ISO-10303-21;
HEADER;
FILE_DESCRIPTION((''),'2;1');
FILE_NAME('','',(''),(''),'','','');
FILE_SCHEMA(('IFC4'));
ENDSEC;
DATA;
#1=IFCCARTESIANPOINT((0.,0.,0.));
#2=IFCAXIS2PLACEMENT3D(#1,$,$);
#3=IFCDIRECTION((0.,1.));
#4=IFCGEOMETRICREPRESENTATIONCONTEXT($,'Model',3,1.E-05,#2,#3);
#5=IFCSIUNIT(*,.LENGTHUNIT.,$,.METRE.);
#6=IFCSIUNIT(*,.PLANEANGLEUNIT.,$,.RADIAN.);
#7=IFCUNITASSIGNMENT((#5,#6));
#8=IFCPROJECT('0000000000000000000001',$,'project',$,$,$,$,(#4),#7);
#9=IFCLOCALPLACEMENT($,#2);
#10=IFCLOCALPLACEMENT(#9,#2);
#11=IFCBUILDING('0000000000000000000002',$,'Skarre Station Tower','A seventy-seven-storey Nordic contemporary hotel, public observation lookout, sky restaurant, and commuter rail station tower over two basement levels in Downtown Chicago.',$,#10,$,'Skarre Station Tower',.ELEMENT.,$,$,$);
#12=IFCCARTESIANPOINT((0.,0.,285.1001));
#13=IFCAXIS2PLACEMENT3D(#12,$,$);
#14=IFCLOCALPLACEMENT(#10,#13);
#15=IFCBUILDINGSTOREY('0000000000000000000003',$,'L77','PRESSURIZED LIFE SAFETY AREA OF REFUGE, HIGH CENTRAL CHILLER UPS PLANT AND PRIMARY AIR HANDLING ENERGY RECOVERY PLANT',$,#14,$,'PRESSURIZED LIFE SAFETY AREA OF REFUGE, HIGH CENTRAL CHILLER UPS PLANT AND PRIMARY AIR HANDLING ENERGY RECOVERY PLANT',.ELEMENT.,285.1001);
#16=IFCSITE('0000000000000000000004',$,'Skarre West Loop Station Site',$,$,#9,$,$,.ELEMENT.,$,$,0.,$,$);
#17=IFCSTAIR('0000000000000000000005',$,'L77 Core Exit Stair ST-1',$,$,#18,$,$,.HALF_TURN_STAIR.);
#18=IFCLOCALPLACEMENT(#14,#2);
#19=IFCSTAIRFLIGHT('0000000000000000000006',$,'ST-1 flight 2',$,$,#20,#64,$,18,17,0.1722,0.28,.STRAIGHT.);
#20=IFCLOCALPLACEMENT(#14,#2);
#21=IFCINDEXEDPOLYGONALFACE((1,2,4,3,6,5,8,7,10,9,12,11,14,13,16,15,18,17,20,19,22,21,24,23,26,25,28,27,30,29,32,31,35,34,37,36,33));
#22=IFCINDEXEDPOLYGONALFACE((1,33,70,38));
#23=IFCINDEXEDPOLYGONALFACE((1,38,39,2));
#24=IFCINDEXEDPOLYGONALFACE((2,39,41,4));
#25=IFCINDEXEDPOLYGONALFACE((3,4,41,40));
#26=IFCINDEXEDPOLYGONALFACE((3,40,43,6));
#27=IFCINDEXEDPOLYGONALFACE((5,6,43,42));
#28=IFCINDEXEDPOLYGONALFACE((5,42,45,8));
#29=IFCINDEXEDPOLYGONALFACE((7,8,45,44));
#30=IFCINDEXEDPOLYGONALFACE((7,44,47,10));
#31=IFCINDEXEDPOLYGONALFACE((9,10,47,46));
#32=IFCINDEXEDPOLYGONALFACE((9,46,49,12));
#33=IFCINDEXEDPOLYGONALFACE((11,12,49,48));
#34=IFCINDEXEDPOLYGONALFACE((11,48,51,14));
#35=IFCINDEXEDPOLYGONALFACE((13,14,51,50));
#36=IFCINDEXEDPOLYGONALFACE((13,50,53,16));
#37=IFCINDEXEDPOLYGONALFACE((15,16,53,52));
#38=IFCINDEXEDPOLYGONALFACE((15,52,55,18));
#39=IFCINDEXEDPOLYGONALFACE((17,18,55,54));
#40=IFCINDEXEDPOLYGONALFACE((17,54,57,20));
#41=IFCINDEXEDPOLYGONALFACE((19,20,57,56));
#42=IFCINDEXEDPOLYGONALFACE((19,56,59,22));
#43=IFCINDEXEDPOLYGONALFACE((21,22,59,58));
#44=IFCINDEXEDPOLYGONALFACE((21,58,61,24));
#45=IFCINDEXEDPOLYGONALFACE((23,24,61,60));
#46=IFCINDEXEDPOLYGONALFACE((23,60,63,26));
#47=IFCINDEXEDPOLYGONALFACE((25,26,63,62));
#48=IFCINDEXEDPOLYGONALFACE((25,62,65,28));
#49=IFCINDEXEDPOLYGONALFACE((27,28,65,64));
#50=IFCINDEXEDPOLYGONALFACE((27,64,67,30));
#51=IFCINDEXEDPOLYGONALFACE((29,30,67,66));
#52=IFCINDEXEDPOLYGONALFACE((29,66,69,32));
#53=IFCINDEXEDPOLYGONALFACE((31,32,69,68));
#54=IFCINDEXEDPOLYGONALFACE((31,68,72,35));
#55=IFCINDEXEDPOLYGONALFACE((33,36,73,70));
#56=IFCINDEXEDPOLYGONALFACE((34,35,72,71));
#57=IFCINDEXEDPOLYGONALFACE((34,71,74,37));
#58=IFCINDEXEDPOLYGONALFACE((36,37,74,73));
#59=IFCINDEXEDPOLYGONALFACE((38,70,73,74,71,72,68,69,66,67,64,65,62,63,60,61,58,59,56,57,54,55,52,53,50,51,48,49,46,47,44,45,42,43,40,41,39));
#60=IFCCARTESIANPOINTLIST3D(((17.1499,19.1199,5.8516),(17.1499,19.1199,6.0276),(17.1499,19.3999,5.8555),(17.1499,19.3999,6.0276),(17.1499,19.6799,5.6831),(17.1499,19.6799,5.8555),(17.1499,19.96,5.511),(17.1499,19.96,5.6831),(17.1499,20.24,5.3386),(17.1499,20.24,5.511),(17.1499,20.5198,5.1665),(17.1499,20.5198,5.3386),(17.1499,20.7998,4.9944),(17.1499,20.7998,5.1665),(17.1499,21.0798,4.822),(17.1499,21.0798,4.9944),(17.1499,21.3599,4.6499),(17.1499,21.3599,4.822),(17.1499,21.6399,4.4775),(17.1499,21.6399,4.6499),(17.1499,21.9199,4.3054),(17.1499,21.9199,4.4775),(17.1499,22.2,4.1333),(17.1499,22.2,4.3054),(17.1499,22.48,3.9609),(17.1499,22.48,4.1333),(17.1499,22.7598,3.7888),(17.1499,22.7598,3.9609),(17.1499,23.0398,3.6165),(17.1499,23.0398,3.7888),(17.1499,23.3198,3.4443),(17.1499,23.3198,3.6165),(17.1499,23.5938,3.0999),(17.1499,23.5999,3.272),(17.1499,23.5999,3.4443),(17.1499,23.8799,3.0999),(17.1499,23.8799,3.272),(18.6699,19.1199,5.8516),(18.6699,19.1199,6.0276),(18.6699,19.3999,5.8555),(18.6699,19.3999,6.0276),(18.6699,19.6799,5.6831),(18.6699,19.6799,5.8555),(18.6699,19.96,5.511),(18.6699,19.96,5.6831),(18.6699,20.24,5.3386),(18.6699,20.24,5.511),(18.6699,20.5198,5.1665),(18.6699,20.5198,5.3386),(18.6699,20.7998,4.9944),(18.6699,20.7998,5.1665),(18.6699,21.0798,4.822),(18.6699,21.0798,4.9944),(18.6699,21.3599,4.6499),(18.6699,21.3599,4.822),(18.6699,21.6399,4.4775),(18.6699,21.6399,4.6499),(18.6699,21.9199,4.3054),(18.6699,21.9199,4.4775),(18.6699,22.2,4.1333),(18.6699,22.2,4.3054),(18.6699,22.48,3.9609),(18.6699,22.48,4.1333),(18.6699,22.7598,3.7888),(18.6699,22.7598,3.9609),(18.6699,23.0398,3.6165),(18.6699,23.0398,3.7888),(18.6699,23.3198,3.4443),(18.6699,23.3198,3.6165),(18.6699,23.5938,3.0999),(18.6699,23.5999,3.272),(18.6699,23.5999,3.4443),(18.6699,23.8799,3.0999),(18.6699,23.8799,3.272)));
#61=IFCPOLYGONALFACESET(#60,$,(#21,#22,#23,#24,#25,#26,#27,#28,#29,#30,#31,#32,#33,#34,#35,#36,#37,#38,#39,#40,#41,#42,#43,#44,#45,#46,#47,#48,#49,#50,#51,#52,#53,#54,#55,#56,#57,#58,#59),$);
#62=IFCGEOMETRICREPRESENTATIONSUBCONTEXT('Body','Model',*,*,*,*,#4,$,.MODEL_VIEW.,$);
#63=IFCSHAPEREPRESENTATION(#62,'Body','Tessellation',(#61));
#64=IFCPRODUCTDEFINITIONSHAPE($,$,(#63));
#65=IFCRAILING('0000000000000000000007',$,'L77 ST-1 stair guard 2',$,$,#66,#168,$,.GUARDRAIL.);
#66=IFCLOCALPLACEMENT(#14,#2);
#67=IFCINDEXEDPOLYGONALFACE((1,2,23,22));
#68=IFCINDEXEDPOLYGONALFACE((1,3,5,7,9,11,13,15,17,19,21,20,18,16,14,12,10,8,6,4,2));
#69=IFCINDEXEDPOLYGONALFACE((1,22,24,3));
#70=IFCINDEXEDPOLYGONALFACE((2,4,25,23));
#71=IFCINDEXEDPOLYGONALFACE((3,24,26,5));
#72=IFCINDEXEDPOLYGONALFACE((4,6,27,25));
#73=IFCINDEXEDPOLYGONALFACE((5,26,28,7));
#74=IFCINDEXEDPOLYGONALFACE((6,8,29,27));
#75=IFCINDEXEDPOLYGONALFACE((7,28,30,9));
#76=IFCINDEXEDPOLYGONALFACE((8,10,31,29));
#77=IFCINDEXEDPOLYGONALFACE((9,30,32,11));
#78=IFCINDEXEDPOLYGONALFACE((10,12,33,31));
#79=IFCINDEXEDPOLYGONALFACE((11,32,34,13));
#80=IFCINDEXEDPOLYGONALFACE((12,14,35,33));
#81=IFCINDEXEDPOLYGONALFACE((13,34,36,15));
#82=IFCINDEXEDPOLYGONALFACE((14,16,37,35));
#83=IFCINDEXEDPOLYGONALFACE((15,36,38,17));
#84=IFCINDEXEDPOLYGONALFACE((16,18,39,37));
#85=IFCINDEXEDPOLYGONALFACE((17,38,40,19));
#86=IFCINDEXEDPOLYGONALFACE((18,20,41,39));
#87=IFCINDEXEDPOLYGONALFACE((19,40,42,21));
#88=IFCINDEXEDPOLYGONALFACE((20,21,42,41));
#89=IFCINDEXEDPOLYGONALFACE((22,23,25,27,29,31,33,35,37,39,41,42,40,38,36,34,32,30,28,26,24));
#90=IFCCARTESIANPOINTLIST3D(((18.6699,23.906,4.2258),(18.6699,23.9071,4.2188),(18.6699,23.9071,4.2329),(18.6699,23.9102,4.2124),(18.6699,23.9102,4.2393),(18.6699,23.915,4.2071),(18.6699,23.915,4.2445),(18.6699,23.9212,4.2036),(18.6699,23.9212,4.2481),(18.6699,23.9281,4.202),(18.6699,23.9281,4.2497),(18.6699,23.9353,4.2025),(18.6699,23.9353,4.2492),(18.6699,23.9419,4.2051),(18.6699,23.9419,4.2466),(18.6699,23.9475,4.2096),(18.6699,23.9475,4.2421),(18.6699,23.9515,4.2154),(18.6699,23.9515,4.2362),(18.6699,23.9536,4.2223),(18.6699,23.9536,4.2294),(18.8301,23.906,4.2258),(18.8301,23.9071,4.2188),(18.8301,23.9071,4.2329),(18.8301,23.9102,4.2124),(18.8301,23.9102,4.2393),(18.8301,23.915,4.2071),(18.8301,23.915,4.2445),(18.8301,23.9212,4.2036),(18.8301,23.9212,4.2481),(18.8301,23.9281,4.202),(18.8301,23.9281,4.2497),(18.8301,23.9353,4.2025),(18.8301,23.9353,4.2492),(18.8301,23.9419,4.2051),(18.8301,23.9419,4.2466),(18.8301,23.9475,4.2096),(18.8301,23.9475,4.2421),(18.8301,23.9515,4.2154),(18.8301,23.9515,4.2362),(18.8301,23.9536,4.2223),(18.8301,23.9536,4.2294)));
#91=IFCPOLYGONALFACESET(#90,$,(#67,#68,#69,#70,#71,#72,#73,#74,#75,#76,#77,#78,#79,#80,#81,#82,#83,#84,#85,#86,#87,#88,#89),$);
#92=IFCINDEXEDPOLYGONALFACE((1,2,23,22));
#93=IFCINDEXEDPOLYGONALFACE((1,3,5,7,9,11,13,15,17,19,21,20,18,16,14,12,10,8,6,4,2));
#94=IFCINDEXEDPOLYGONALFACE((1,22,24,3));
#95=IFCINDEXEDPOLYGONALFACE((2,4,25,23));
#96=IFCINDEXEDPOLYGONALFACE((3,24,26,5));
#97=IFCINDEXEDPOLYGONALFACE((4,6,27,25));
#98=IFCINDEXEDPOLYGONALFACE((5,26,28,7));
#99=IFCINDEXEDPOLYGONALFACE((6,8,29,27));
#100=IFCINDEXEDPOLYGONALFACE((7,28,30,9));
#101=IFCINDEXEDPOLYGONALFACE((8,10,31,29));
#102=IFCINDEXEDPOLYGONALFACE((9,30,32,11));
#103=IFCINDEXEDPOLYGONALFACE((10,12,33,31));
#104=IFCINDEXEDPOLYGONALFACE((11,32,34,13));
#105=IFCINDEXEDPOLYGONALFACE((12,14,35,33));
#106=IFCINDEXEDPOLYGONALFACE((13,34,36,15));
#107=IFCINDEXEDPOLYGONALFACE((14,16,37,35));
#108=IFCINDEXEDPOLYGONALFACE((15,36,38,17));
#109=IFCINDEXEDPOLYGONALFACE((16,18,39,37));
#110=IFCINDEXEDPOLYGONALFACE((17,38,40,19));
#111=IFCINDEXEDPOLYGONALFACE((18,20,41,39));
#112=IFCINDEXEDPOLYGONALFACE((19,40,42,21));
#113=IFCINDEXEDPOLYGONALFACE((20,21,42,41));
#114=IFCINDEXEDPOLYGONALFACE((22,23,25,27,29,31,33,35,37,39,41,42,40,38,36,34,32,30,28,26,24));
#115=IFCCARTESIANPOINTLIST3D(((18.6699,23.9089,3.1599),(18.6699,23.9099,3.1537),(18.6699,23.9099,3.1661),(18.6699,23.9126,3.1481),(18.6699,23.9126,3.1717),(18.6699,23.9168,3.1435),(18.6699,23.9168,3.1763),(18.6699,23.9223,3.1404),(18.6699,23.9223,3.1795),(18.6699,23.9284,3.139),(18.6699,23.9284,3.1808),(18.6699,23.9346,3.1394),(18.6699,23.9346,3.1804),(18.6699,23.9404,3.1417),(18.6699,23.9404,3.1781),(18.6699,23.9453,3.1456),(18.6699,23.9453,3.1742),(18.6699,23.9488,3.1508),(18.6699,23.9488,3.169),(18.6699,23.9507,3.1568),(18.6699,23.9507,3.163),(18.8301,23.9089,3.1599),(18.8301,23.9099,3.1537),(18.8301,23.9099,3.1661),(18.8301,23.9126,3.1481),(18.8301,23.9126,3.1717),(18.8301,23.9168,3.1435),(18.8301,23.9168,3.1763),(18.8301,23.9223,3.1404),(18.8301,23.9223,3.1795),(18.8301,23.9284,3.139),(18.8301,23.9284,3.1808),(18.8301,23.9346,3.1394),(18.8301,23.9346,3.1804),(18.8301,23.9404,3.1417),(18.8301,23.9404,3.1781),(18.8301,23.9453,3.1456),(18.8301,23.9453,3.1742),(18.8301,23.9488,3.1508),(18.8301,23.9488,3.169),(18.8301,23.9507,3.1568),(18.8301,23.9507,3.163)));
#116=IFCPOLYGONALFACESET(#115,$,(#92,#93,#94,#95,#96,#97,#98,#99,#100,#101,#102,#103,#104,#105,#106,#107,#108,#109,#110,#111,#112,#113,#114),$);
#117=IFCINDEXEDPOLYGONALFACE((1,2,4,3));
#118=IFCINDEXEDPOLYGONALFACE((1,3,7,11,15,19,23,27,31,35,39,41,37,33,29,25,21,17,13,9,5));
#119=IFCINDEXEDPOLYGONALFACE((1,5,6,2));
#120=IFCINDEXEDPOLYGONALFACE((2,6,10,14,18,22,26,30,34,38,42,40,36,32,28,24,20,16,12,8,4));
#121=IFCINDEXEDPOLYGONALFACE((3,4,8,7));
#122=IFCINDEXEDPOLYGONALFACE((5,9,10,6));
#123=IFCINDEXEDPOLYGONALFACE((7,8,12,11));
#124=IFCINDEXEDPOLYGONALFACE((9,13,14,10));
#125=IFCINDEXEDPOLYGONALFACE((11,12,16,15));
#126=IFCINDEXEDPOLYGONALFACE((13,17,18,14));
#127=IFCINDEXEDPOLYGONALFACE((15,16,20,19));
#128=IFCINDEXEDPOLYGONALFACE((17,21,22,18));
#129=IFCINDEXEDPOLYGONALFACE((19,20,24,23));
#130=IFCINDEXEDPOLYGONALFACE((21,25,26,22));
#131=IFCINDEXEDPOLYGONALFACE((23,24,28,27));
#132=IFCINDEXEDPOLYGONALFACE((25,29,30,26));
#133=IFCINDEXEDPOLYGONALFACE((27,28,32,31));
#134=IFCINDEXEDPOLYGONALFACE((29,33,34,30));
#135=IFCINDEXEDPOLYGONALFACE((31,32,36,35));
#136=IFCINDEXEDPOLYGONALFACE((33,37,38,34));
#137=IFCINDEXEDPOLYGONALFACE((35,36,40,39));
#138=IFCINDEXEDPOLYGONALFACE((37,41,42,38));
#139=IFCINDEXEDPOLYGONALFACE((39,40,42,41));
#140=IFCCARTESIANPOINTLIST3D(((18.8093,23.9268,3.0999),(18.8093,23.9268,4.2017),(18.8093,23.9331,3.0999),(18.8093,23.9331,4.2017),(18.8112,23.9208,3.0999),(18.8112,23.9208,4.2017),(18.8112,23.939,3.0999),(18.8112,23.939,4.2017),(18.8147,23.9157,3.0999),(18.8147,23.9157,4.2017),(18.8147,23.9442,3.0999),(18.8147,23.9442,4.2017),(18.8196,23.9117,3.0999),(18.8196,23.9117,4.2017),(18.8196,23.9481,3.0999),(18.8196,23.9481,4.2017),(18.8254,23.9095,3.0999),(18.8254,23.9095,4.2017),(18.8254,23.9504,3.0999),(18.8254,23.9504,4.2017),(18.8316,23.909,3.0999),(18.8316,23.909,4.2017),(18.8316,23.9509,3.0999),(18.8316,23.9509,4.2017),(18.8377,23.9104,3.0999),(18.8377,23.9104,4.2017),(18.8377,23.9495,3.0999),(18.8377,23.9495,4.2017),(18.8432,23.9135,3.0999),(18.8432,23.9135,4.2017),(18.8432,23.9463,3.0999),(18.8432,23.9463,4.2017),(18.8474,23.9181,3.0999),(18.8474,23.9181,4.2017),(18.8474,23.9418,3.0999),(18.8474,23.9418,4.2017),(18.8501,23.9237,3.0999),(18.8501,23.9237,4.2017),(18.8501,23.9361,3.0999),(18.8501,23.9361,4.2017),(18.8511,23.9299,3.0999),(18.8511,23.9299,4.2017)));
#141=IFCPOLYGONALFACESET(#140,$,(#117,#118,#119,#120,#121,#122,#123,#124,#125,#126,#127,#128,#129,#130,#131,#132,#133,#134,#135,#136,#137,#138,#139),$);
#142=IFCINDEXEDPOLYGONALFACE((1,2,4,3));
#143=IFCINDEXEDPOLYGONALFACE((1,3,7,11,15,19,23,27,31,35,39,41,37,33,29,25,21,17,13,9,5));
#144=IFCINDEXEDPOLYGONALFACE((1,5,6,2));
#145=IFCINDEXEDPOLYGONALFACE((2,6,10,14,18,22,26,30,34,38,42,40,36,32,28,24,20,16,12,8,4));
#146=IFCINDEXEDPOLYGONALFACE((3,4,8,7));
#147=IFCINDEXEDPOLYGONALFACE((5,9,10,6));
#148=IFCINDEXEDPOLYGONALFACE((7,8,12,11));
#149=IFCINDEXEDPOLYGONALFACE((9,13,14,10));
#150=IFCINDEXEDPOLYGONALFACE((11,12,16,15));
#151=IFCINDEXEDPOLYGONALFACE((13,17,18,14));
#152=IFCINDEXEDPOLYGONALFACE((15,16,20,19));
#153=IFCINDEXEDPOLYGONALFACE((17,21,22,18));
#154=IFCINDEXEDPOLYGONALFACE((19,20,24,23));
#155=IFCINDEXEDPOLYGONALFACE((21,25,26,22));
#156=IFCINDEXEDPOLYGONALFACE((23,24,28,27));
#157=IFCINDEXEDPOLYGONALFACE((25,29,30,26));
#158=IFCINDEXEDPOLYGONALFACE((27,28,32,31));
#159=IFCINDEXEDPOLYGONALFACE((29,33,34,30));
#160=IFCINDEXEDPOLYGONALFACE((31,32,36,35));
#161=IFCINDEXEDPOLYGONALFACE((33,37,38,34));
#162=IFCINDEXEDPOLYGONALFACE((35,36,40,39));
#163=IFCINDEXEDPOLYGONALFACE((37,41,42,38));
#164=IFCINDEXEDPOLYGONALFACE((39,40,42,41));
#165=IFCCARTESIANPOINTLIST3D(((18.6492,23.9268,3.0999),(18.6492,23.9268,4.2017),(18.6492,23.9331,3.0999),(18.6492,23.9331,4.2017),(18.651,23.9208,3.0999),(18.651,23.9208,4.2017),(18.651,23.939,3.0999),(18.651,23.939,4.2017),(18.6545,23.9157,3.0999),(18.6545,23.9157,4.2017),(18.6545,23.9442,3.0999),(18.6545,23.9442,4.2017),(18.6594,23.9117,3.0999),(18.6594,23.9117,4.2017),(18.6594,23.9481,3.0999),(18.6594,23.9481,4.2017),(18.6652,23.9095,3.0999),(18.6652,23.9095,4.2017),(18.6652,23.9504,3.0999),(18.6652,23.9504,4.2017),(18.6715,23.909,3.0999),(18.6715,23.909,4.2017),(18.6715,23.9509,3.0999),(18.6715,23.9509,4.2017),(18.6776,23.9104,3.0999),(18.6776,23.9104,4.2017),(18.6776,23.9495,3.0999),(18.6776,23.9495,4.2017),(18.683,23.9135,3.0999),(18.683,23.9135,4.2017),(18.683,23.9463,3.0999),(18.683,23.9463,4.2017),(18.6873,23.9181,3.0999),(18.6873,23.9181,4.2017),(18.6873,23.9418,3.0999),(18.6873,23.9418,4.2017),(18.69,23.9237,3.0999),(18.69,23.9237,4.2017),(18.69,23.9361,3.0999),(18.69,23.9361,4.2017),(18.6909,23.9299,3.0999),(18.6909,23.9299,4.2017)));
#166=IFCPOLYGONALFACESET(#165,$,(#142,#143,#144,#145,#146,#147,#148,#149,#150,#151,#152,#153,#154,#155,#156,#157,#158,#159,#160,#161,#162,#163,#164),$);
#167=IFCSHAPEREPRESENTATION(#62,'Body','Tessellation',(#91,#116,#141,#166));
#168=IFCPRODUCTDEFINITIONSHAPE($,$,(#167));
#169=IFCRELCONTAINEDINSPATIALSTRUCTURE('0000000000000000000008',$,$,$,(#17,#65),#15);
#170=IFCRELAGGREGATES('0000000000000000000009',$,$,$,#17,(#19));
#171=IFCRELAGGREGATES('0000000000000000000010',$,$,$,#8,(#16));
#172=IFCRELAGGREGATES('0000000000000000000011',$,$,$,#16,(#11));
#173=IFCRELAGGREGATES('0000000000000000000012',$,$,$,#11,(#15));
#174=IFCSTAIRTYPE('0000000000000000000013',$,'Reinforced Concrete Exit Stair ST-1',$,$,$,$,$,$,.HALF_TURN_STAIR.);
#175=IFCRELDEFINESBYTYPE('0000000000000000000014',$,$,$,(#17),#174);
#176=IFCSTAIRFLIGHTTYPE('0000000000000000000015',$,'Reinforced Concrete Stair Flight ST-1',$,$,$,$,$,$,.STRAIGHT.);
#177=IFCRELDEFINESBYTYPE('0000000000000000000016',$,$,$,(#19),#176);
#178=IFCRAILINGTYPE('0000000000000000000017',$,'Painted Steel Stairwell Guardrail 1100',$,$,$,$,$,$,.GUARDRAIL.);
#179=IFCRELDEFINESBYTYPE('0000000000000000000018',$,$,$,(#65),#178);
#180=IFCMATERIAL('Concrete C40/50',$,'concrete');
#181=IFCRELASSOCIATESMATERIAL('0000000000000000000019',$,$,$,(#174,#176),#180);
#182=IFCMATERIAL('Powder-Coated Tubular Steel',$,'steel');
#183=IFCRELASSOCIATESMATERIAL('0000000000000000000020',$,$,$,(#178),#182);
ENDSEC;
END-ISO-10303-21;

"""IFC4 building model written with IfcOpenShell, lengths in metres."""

from ifc_helpers import new_model, si_unit, direction, frame, origin, origin_2d, place, context, subcontext, project, spatial, polyline, circle, outline, extrude, material, type_object, element, aggregate, save


model = new_model("IFC4")

# Units and contexts
model_context = context("Model", 3, precision=1e-05, world=origin(), true_north=direction((0.0, 1.0)))
body_context = subcontext(model_context, "Body", "Model", "MODEL_VIEW")
ifc_project = project(units=[si_unit("LENGTHUNIT", "METRE"), si_unit("PLANEANGLEUNIT", "RADIAN")], contexts=[model_context])

# Site, building, storey
site_placement = place(None, origin())
site = spatial("IfcSite", under=ifc_project, at=site_placement, Name="Skarre West Loop Station Site", CompositionType="ELEMENT", RefElevation=0.0)
building_placement = place(site_placement, origin())
building = spatial("IfcBuilding", under=site, at=building_placement, Name="Skarre Station Tower", Description="A seventy-seven-storey Nordic contemporary hotel, public observation lookout, sky restaurant, and commuter rail station tower over two basement levels in Downtown Chicago.", LongName="Skarre Station Tower", CompositionType="ELEMENT")
storey_placement = place(building_placement, frame((0.0, 0.0, 285.1001)))
storey = spatial("IfcBuildingStorey", under=building, at=storey_placement, Name="L77", Description="PRESSURIZED LIFE SAFETY AREA OF REFUGE, HIGH CENTRAL CHILLER UPS PLANT AND PRIMARY AIR HANDLING ENERGY RECOVERY PLANT", LongName="PRESSURIZED LIFE SAFETY AREA OF REFUGE, HIGH CENTRAL CHILLER UPS PLANT AND PRIMARY AIR HANDLING ENERGY RECOVERY PLANT", CompositionType="ELEMENT", Elevation=285.1001)

# Stair, stair flight
ifc_material_1 = material(Name="Concrete C40/50", Category="concrete")
stair_type = type_object("IfcStairType", Name="Reinforced Concrete Exit Stair ST-1", PredefinedType="HALF_TURN_STAIR", material=ifc_material_1)
stair_placement = place(storey_placement, origin())
stair = element("IfcStair", 1, at=stair_placement, inside=storey, type_object=stair_type, Name="L77 Core Exit Stair ST-1", PredefinedType="HALF_TURN_STAIR")
stair_flight_type = type_object("IfcStairFlightType", Name="Reinforced Concrete Stair Flight ST-1", PredefinedType="STRAIGHT", material=ifc_material_1)
stair_flight_placement = place(storey_placement, frame((17.9099, 23.8799, 3.0999), z_axis=(0.0, 0.0, 1.0), x_axis=(0.0, -1.0, 0.0)))
stair_flight = element("IfcStairFlight", 2, at=stair_flight_placement, type_object=stair_flight_type, Name="ST-1 flight 2", NumberOfRisers=18, NumberOfTreads=17, PredefinedType="STRAIGHT", RiserHeight=0.1722, TreadLength=0.28, context=body_context, shape_type="SweptSolid", body=[
    extrude(outline(polyline([(0.0, 0.0), (0.0, 0.1721), (0.28, 0.1721), (0.28, 0.3445), (0.5601, 0.3445), (0.5601, 0.5166), (0.8401, 0.5166), (0.8401, 0.689), (1.1201, 0.689), (1.1201, 0.8611), (1.3999, 0.8611), (1.3999, 1.0334), (1.6799, 1.0334), (1.6799, 1.2056), (1.96, 1.2056), (1.96, 1.3777), (2.24, 1.3777), (2.24, 1.55), (2.52, 1.55), (2.52, 1.7222), (2.8, 1.7222), (2.8, 1.8945), (3.0801, 1.8945), (3.0801, 2.0667), (3.3601, 2.0667), (3.3601, 2.2388), (3.6399, 2.2388), (3.6399, 2.4111), (3.9199, 2.4111), (3.9199, 2.5833), (4.2, 2.5833), (4.2, 2.7556), (4.48, 2.7556), (4.48, 2.9277), (4.76, 2.9277), (4.76, 3.1001), (4.76, 2.7517), (0.2861, 0.0), (0.0, 0.0)])), frame((0.0, 0.76, 0.0), z_axis=(0.0, -1.0, 0.0), x_axis=(1.0, 0.0, 0.0)), (0.0, 0.0, 1.0), 1.52),
])
aggregate(stair, [stair_flight])

# Railing
ifc_material_2 = material(Name="Powder-Coated Tubular Steel", Category="steel")
railing_type = type_object("IfcRailingType", Name="Painted Steel Stairwell Guardrail 1100", PredefinedType="GUARDRAIL", material=ifc_material_2)
railing_1_placement = place(storey_placement, frame((18.8301, 23.9299, 3.0999)))
element("IfcRailing", 3, at=railing_1_placement, inside=storey, type_object=railing_type, Name="L77 ST-1 stair guard 2", PredefinedType="GUARDRAIL", context=body_context, shape_type="SweptSolid", body=[
    extrude(circle(Radius=0.0239, at=origin_2d()), frame((0.0, 0.0, 1.126), z_axis=(-1.0, 0.0, 0.0), x_axis=(0.0, -1.0, 0.0)), (0.0, 0.0, 1.0), 0.1602),
    extrude(circle(Radius=0.021, at=origin_2d()), frame((0.0, 0.0, 0.0601), z_axis=(-1.0, 0.0, 0.0), x_axis=(0.0, -1.0, 0.0)), (0.0, 0.0, 1.0), 0.1602),
    extrude(circle(Radius=0.021, at=origin_2d()), origin(), (0.0, 0.0, 1.0), 1.1018),
    extrude(circle(Radius=0.021, at=origin_2d()), frame((-0.1602, 0.0, 0.0)), (0.0, 0.0, 1.0), 1.1018),
])

save(model, "model.ifc")
